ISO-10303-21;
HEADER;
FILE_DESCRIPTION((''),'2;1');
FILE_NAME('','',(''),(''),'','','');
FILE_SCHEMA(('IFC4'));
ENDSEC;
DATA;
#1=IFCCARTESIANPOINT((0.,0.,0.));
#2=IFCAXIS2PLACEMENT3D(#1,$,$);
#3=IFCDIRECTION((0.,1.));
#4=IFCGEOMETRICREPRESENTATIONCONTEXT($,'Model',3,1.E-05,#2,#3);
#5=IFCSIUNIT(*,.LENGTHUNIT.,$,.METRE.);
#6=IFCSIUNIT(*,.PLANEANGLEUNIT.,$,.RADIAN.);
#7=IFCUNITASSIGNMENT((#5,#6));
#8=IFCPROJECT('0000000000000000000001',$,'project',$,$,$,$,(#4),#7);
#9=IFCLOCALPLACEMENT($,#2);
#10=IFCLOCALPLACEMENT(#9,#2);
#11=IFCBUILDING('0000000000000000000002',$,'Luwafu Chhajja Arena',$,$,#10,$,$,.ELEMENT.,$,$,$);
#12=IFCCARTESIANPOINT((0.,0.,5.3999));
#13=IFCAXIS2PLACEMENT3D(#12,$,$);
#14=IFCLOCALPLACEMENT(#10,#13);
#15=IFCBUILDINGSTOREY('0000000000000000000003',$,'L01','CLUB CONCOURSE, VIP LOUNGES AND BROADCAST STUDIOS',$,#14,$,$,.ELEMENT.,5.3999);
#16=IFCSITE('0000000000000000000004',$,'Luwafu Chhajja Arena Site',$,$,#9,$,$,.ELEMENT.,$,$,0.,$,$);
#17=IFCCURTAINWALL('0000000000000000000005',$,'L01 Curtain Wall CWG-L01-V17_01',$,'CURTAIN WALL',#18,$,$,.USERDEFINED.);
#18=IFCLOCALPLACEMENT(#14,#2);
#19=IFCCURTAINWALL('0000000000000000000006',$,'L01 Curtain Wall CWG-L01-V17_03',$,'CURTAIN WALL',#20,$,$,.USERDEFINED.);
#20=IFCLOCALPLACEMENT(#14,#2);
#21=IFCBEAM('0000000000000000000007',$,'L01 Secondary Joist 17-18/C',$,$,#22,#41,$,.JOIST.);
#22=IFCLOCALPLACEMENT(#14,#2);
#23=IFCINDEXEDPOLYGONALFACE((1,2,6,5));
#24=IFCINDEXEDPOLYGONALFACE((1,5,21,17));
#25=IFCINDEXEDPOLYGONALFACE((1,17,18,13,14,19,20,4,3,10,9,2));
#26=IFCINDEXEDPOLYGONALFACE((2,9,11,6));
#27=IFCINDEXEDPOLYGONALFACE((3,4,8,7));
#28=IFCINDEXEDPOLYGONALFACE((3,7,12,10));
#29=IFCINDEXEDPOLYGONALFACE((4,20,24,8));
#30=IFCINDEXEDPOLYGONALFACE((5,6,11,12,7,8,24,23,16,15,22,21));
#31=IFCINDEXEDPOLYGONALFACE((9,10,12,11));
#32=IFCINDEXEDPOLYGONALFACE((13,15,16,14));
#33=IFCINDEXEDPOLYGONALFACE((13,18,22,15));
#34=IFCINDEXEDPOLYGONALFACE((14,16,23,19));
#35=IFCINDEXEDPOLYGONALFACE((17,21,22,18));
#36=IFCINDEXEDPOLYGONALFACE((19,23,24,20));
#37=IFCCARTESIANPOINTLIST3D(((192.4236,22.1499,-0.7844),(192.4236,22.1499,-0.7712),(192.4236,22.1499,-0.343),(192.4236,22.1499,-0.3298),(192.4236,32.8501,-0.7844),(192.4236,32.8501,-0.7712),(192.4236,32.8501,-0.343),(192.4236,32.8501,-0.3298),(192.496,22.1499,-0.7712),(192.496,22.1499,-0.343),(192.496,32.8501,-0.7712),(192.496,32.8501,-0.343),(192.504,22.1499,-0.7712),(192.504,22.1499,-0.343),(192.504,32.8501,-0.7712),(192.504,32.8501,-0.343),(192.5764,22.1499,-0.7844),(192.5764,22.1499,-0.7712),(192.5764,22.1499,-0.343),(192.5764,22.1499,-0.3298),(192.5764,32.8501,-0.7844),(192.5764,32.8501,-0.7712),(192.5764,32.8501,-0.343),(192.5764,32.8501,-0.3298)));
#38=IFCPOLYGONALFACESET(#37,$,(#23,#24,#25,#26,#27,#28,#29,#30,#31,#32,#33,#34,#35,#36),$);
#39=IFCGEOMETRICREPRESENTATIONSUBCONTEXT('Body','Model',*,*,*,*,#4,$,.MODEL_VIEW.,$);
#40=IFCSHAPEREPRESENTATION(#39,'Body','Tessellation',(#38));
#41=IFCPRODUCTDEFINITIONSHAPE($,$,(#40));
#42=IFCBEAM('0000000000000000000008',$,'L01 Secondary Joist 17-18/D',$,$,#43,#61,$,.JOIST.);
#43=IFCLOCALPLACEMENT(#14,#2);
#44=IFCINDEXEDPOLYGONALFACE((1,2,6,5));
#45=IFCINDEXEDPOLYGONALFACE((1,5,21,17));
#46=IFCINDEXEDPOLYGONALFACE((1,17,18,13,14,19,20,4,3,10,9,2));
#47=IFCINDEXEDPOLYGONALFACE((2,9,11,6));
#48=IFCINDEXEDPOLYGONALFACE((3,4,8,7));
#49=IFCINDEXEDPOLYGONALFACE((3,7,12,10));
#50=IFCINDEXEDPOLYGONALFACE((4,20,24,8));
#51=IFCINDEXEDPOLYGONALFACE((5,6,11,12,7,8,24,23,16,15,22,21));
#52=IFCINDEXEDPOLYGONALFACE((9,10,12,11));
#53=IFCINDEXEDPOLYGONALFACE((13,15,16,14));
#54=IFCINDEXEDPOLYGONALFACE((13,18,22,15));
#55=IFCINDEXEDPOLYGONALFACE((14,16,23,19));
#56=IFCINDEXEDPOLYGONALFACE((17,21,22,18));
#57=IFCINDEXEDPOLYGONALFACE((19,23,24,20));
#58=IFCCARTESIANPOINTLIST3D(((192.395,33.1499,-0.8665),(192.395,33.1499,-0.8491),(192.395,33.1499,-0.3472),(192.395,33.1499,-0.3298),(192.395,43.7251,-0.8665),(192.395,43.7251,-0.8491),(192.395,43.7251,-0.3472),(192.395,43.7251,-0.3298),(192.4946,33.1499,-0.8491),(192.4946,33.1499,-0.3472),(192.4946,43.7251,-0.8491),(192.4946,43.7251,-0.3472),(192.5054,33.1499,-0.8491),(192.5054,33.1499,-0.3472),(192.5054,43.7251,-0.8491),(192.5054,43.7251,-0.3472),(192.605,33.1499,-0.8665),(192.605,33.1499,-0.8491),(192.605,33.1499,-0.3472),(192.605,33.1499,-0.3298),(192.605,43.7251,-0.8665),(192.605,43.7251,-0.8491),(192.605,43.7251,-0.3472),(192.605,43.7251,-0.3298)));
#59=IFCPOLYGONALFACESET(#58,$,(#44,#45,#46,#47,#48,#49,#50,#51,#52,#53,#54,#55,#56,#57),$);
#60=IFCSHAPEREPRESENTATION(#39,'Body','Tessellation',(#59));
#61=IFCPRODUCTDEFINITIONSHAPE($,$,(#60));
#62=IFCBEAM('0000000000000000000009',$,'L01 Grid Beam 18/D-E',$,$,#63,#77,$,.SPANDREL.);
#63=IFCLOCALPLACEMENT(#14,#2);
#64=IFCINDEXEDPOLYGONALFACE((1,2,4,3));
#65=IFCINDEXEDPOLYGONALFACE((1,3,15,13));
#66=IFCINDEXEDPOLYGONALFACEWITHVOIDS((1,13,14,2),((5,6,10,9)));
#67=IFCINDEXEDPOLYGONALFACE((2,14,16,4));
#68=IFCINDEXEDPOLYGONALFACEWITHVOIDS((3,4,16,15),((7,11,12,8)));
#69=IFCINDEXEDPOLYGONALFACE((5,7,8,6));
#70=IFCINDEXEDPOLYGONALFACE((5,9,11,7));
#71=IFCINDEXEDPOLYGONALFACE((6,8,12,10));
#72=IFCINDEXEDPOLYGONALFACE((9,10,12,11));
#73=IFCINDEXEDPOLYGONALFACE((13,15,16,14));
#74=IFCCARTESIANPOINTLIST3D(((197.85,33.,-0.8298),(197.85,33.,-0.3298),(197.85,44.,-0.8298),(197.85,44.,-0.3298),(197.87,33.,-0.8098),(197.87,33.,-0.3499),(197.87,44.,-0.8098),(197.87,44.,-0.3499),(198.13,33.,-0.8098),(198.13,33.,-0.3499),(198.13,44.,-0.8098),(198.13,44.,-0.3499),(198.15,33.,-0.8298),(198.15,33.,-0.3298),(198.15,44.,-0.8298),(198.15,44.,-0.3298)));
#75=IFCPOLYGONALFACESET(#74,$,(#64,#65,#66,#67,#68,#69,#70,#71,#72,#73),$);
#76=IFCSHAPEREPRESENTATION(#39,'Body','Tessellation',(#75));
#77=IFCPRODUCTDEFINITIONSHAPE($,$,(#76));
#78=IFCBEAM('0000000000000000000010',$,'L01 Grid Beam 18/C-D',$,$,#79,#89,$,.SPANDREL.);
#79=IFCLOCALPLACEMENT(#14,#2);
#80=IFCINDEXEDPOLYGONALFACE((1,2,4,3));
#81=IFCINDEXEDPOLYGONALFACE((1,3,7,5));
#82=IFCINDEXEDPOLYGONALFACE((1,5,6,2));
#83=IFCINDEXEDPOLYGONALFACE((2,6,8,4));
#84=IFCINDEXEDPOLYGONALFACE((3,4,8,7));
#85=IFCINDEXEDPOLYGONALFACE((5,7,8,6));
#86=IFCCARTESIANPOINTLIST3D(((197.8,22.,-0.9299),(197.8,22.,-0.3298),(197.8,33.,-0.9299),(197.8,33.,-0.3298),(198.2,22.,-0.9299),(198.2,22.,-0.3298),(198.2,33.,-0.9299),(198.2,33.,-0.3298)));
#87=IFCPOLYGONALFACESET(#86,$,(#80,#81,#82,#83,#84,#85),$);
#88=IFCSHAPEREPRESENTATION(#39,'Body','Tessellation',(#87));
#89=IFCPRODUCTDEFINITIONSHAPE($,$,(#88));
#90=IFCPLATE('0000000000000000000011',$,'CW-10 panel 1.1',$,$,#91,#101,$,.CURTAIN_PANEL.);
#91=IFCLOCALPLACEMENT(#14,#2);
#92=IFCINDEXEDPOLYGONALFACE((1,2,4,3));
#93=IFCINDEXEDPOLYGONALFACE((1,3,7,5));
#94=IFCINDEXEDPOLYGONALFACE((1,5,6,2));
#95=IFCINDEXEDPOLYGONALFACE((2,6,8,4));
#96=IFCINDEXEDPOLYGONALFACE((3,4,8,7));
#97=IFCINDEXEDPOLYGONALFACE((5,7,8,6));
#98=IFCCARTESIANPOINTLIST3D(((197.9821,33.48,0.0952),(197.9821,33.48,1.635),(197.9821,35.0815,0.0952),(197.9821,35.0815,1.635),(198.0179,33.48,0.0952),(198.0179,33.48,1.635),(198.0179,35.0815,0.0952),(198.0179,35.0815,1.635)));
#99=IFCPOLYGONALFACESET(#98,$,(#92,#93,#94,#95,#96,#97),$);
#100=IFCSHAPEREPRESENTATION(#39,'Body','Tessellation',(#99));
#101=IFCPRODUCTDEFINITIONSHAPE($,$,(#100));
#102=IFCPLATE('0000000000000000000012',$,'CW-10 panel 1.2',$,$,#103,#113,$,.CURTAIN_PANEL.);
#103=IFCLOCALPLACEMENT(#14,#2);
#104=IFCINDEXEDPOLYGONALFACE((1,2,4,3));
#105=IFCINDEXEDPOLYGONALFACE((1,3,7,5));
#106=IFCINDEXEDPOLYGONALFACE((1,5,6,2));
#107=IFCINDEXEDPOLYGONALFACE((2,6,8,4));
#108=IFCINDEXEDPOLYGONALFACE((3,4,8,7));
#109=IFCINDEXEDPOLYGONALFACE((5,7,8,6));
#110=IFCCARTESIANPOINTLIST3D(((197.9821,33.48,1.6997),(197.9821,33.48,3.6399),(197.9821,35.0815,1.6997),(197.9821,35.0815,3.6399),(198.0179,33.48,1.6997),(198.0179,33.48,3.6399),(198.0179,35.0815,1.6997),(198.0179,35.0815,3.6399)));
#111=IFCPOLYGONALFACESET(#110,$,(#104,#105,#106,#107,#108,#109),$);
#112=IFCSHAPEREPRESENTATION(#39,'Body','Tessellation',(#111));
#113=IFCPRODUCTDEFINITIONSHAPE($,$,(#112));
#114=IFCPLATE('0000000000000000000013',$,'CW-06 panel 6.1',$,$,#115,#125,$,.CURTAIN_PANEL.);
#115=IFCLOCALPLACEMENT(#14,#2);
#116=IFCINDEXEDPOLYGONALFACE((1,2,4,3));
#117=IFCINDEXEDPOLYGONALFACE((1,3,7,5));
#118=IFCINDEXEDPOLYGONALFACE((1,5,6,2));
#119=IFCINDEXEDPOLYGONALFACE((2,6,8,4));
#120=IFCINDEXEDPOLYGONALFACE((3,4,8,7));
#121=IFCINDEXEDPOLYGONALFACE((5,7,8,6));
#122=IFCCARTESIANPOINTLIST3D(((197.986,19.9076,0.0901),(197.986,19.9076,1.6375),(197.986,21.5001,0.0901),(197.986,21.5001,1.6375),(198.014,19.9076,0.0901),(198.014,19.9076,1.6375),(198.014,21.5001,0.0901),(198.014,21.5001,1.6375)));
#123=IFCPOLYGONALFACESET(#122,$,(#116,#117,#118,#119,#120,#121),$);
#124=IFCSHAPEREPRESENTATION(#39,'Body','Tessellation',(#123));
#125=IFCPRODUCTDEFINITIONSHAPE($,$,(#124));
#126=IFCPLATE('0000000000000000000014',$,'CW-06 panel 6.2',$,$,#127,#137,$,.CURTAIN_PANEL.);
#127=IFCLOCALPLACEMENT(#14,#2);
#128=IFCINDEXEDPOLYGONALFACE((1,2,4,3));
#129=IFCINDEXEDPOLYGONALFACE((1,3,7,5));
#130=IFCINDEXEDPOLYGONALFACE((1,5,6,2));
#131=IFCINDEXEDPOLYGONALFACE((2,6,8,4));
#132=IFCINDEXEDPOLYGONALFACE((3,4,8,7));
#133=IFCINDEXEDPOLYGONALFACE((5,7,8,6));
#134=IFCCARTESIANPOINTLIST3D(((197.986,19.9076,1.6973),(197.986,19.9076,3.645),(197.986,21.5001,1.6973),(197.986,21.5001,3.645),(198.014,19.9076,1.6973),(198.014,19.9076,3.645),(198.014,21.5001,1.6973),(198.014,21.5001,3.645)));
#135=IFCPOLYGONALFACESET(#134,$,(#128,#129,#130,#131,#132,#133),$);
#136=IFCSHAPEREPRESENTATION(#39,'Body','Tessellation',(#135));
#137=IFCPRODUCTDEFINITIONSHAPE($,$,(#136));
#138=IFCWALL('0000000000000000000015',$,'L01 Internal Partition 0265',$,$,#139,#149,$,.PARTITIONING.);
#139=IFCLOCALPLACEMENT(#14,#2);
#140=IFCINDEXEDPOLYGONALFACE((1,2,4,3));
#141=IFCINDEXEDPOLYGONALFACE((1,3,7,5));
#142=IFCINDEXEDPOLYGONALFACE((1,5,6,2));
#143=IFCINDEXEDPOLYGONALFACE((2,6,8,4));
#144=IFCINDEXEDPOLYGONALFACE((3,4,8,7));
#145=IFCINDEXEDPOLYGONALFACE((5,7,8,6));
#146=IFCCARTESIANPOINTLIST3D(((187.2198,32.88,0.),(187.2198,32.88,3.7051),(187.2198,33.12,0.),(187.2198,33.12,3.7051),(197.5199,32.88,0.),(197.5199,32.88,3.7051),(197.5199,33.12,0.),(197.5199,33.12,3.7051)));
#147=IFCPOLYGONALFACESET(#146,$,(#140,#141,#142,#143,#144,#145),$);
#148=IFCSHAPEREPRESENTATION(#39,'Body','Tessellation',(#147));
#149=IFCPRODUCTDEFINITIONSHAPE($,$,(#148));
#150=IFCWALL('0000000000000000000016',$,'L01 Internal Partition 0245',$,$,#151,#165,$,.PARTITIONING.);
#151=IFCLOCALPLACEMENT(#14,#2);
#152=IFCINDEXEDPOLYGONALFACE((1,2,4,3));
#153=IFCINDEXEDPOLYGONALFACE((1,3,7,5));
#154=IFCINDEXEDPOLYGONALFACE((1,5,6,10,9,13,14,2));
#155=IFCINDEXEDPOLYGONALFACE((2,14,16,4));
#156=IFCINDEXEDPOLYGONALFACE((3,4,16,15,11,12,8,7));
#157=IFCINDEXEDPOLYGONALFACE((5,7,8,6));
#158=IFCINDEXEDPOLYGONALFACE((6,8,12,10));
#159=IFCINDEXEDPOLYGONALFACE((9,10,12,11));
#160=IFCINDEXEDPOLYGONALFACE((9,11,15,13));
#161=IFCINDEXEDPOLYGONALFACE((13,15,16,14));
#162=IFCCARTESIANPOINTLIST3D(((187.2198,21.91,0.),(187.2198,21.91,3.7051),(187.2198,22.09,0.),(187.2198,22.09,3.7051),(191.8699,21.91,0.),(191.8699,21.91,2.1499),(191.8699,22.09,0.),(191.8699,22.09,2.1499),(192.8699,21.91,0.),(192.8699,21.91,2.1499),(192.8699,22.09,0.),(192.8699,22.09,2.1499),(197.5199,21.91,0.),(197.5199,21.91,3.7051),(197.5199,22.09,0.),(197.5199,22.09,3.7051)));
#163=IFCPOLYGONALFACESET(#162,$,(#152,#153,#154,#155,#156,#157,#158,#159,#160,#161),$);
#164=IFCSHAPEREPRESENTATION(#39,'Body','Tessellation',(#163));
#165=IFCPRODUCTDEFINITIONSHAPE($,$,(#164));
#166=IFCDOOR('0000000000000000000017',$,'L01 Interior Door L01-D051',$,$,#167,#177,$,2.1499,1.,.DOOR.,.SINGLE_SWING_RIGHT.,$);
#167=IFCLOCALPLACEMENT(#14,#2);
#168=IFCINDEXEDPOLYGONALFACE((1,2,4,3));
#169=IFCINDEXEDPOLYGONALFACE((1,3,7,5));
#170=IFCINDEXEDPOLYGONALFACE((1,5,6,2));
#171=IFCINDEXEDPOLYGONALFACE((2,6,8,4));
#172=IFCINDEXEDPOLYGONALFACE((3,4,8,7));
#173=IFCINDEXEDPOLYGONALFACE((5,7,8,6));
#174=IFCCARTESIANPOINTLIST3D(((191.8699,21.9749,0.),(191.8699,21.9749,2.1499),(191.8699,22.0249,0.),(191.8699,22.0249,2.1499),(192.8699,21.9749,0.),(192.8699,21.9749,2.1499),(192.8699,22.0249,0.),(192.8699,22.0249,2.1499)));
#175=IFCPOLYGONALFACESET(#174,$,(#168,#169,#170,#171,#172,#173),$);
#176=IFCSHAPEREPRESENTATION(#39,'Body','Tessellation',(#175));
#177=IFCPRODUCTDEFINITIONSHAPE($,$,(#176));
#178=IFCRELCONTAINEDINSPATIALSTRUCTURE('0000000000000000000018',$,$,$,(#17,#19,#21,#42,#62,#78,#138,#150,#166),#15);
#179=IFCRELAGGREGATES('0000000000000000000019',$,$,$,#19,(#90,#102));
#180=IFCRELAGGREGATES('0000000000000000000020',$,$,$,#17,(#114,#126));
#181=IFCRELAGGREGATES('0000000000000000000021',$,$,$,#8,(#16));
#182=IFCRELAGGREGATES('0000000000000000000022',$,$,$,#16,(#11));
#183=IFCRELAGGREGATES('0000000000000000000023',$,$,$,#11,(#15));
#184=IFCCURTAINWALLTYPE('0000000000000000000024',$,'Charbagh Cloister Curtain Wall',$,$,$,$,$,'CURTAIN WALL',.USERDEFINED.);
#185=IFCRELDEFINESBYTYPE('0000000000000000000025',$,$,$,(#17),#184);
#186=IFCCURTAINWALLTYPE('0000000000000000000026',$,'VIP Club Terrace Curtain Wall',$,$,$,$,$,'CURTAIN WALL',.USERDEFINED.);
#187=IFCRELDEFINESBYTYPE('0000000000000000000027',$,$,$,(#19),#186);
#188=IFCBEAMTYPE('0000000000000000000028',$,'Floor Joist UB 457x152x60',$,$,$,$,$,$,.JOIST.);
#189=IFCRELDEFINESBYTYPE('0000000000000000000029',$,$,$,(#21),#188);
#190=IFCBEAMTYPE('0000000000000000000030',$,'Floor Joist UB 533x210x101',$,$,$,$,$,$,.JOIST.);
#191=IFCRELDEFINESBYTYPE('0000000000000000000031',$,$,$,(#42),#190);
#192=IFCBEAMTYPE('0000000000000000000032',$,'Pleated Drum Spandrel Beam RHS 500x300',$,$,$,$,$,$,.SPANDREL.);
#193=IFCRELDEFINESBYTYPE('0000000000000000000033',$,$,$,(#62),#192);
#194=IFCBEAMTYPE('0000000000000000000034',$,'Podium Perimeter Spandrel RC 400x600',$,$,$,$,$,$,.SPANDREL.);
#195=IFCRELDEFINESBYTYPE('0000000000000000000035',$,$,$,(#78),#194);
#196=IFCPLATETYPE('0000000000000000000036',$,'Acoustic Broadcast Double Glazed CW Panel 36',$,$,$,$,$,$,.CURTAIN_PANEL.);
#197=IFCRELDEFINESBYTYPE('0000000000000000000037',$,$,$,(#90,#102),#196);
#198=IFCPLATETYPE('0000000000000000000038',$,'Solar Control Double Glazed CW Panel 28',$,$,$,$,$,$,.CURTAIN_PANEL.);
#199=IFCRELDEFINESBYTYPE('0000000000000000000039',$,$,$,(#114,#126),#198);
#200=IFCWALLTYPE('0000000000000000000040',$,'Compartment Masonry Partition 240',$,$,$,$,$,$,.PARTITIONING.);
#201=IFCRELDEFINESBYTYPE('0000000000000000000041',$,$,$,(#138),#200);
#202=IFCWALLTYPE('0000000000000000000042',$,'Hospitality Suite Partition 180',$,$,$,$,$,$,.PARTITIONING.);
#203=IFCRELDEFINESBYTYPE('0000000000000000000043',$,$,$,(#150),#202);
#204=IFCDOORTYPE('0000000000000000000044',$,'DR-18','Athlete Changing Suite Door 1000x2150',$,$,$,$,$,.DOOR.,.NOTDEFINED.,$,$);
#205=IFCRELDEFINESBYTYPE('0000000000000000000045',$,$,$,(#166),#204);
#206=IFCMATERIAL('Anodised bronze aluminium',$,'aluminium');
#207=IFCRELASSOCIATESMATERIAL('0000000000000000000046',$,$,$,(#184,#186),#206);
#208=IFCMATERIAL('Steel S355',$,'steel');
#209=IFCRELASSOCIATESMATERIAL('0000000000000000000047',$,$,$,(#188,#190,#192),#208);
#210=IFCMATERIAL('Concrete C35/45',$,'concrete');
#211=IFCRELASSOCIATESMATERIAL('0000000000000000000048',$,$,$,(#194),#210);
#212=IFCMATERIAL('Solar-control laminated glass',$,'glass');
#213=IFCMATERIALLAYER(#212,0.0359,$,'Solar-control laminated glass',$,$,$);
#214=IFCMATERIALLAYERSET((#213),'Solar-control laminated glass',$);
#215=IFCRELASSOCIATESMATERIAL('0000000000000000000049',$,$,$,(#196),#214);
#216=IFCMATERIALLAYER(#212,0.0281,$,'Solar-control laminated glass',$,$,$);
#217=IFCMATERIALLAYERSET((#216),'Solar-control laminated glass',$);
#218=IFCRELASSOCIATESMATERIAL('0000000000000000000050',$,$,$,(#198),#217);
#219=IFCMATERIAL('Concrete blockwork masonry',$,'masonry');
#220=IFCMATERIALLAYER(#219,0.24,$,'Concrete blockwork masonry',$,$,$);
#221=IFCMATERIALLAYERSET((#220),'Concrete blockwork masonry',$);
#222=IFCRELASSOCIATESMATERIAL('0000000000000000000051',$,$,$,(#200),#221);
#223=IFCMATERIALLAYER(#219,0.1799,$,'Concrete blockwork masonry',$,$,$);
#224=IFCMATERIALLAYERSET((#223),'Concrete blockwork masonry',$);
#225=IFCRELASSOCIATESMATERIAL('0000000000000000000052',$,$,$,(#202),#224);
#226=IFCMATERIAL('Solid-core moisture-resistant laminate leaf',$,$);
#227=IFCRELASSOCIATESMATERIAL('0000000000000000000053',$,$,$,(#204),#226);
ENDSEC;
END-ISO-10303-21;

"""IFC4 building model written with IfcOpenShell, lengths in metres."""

from ifc_helpers import new_model, si_unit, direction, frame, frame_2d, origin, origin_2d, place, context, subcontext, project, spatial, rectangle, hollow_rectangle, i_section, extrude, material, layer, layer_set, material_profile, profile_set, type_object, element, fill, aggregate, save


model = new_model("IFC4")

# Units and contexts
model_context = context("Model", 3, precision=1e-05, world=origin(), true_north=direction((0.0, 1.0)))
body_context = subcontext(model_context, "Body", "Model", "MODEL_VIEW")
ifc_project = project(units=[si_unit("LENGTHUNIT", "METRE"), si_unit("PLANEANGLEUNIT", "RADIAN")], contexts=[model_context])

# Site, building, storey
site_placement = place(None, origin())
site = spatial("IfcSite", under=ifc_project, at=site_placement, Name="Luwafu Chhajja Arena Site", CompositionType="ELEMENT", RefElevation=0.0)
building_placement = place(site_placement, origin())
building = spatial("IfcBuilding", under=site, at=building_placement, Name="Luwafu Chhajja Arena", CompositionType="ELEMENT")
storey_placement = place(building_placement, frame((0.0, 0.0, 5.3999)))
storey = spatial("IfcBuildingStorey", under=building, at=storey_placement, Name="L01", Description="CLUB CONCOURSE, VIP LOUNGES AND BROADCAST STUDIOS", CompositionType="ELEMENT", Elevation=5.3999)

# Shared definitions
ifc_material_1 = material(Name="Concrete C35/45", Category="concrete")

# Curtain walls
ifc_material_2 = material(Name="Anodised bronze aluminium", Category="aluminium")
curtain_wall_type_1 = type_object("IfcCurtainWallType", Name="Charbagh Cloister Curtain Wall", ElementType="CURTAIN WALL", PredefinedType="USERDEFINED", material=ifc_material_2)
curtain_wall_1_placement = place(storey_placement, origin())
curtain_wall_1 = element("IfcCurtainWall", 1, at=curtain_wall_1_placement, inside=storey, type_object=curtain_wall_type_1, Name="L01 Curtain Wall CWG-L01-V17_01", ObjectType="CURTAIN WALL", PredefinedType="USERDEFINED")
curtain_wall_type_2 = type_object("IfcCurtainWallType", Name="VIP Club Terrace Curtain Wall", ElementType="CURTAIN WALL", PredefinedType="USERDEFINED", material=ifc_material_2)
curtain_wall_2_placement = place(storey_placement, origin())
curtain_wall_2 = element("IfcCurtainWall", 2, at=curtain_wall_2_placement, inside=storey, type_object=curtain_wall_type_2, Name="L01 Curtain Wall CWG-L01-V17_03", ObjectType="CURTAIN WALL", PredefinedType="USERDEFINED")

# Beams
ifc_material_3 = material(Name="Steel S355", Category="steel")
ifc_material_profile_1 = material_profile(ifc_material_3, i_section(OverallWidth=0.1528, OverallDepth=0.4546, WebThickness=0.0081, FlangeThickness=0.0132, at=origin_2d()), Name="UB 457x152x60")
ifc_profile_set_1 = profile_set([ifc_material_profile_1], Name="Steel S355")
beam_type_1 = type_object("IfcBeamType", Name="Floor Joist UB 457x152x60", PredefinedType="JOIST", material=ifc_profile_set_1)
beam_1_placement = place(storey_placement, frame((192.5, 22.1499, -0.5571), z_axis=(0.0, 1.0, 0.0), x_axis=(-1.0, 0.0, 0.0)))
element("IfcBeam", 3, at=beam_1_placement, inside=storey, type_object=beam_type_1, Name="L01 Secondary Joist 17-18/C", PredefinedType="JOIST", context=body_context, shape_type="SweptSolid", body=[
    extrude(i_section(OverallWidth=0.1528, OverallDepth=0.4546, WebThickness=0.0081, FlangeThickness=0.0132, at=origin_2d()), origin(), (0.0, 0.0, 1.0), 10.7002),
])
ifc_material_profile_2 = material_profile(ifc_material_3, i_section(OverallWidth=0.21, OverallDepth=0.5366, WebThickness=0.0107, FlangeThickness=0.0173, at=origin_2d()), Name="UB 533x210x101")
ifc_profile_set_2 = profile_set([ifc_material_profile_2], Name="Steel S355")
beam_type_2 = type_object("IfcBeamType", Name="Floor Joist UB 533x210x101", PredefinedType="JOIST", material=ifc_profile_set_2)
beam_2_placement = place(storey_placement, frame((192.5, 33.1499, -0.5981), z_axis=(0.0, 1.0, 0.0), x_axis=(-1.0, 0.0, 0.0)))
element("IfcBeam", 4, at=beam_2_placement, inside=storey, type_object=beam_type_2, Name="L01 Secondary Joist 17-18/D", PredefinedType="JOIST", context=body_context, shape_type="SweptSolid", body=[
    extrude(i_section(OverallWidth=0.21, OverallDepth=0.5366, WebThickness=0.0107, FlangeThickness=0.0173, at=origin_2d()), origin(), (0.0, 0.0, 1.0), 10.5752),
])
ifc_material_profile_3 = material_profile(ifc_material_3, hollow_rectangle(XDim=0.3, YDim=0.5, WallThickness=0.02, at=origin_2d()), Name="RHS 500x300x20")
ifc_profile_set_3 = profile_set([ifc_material_profile_3], Name="Steel S355")
beam_type_3 = type_object("IfcBeamType", Name="Pleated Drum Spandrel Beam RHS 500x300", PredefinedType="SPANDREL", material=ifc_profile_set_3)
beam_3_placement = place(storey_placement, frame((198.0, 33.0, -0.5798), z_axis=(0.0, 1.0, 0.0), x_axis=(-1.0, 0.0, 0.0)))
element("IfcBeam", 5, at=beam_3_placement, inside=storey, type_object=beam_type_3, Name="L01 Grid Beam 18/D-E", PredefinedType="SPANDREL", context=body_context, shape_type="SweptSolid", body=[
    extrude(hollow_rectangle(XDim=0.3, YDim=0.5, WallThickness=0.02, at=origin_2d()), origin(), (0.0, 0.0, 1.0), 11.0),
])
ifc_material_profile_4 = material_profile(ifc_material_1, rectangle(XDim=0.3999, YDim=0.6001, at=origin_2d()), Name="RC 400x600")
ifc_profile_set_4 = profile_set([ifc_material_profile_4], Name="Concrete C35/45")
beam_type_4 = type_object("IfcBeamType", Name="Podium Perimeter Spandrel RC 400x600", PredefinedType="SPANDREL", material=ifc_profile_set_4)
beam_4_placement = place(storey_placement, frame((198.0, 22.0, -0.6299), z_axis=(0.0, 1.0, 0.0), x_axis=(-1.0, 0.0, 0.0)))
element("IfcBeam", 6, at=beam_4_placement, inside=storey, type_object=beam_type_4, Name="L01 Grid Beam 18/C-D", PredefinedType="SPANDREL", context=body_context, shape_type="SweptSolid", body=[
    extrude(rectangle(XDim=0.3999, YDim=0.6001, at=origin_2d()), origin(), (0.0, 0.0, 1.0), 11.0),
])

# Plates
ifc_material_4 = material(Name="Solar-control laminated glass", Category="glass")
ifc_layer_1 = layer(ifc_material_4, 0.0359, Name="Solar-control laminated glass")
ifc_layer_set_1 = layer_set([ifc_layer_1], Name="Solar-control laminated glass")
plate_type_1 = type_object("IfcPlateType", Name="Acoustic Broadcast Double Glazed CW Panel 36", PredefinedType="CURTAIN_PANEL", material=ifc_layer_set_1)
plate_1_placement = place(storey_placement, frame((198.0, 34.2808, 0.0952), z_axis=(0.0, 0.0, 1.0), x_axis=(0.0, 1.0, 0.0)))
plate_1 = element("IfcPlate", 7, at=plate_1_placement, type_object=plate_type_1, Name="CW-10 panel 1.1", PredefinedType="CURTAIN_PANEL", context=body_context, shape_type="SweptSolid", body=[
    extrude(rectangle(XDim=1.6016, YDim=0.0359, at=origin_2d()), origin(), (0.0, 0.0, 1.0), 1.5398),
])
plate_2_placement = place(storey_placement, frame((198.0, 34.2808, 1.6997), z_axis=(0.0, 0.0, 1.0), x_axis=(0.0, 1.0, 0.0)))
plate_2 = element("IfcPlate", 8, at=plate_2_placement, type_object=plate_type_1, Name="CW-10 panel 1.2", PredefinedType="CURTAIN_PANEL", context=body_context, shape_type="SweptSolid", body=[
    extrude(rectangle(XDim=1.6016, YDim=0.0359, at=origin_2d()), origin(), (0.0, 0.0, 1.0), 1.9402),
])
aggregate(curtain_wall_2, [plate_1, plate_2])
ifc_layer_2 = layer(ifc_material_4, 0.0281, Name="Solar-control laminated glass")
ifc_layer_set_2 = layer_set([ifc_layer_2], Name="Solar-control laminated glass")
plate_type_2 = type_object("IfcPlateType", Name="Solar Control Double Glazed CW Panel 28", PredefinedType="CURTAIN_PANEL", material=ifc_layer_set_2)
plate_3_placement = place(storey_placement, frame((198.0, 20.7039, 0.0901), z_axis=(0.0, 0.0, 1.0), x_axis=(0.0, 1.0, 0.0)))
plate_3 = element("IfcPlate", 9, at=plate_3_placement, type_object=plate_type_2, Name="CW-06 panel 6.1", PredefinedType="CURTAIN_PANEL", context=body_context, shape_type="SweptSolid", body=[
    extrude(rectangle(XDim=1.5925, YDim=0.0281, at=origin_2d()), origin(), (0.0, 0.0, 1.0), 1.5474),
])
plate_4_placement = place(storey_placement, frame((198.0, 20.7039, 1.6973), z_axis=(0.0, 0.0, 1.0), x_axis=(0.0, 1.0, 0.0)))
plate_4 = element("IfcPlate", 10, at=plate_4_placement, type_object=plate_type_2, Name="CW-06 panel 6.2", PredefinedType="CURTAIN_PANEL", context=body_context, shape_type="SweptSolid", body=[
    extrude(rectangle(XDim=1.5925, YDim=0.0281, at=origin_2d()), origin(), (0.0, 0.0, 1.0), 1.9478),
])
aggregate(curtain_wall_1, [plate_3, plate_4])

# Wall
ifc_material_5 = material(Name="Concrete blockwork masonry", Category="masonry")
ifc_layer_3 = layer(ifc_material_5, 0.24, Name="Concrete blockwork masonry")
ifc_layer_set_3 = layer_set([ifc_layer_3], Name="Concrete blockwork masonry")
wall_type_1 = type_object("IfcWallType", Name="Compartment Masonry Partition 240", PredefinedType="PARTITIONING", material=ifc_layer_set_3)
wall_1_placement = place(storey_placement, frame((187.22, 33.0, 0.0), z_axis=(0.0, 0.0, 1.0), x_axis=(1.0, 0.0, 0.0)))
element("IfcWall", 11, at=wall_1_placement, inside=storey, type_object=wall_type_1, Name="L01 Internal Partition 0265", PredefinedType="PARTITIONING", context=body_context, shape_type="SweptSolid", body=[
    extrude(rectangle(XDim=10.3, YDim=0.24, at=frame_2d((5.1499, 0.0))), origin(), (0.0, 0.0, 1.0), 3.7051),
])

# Wall, opening, door
ifc_layer_4 = layer(ifc_material_5, 0.1799, Name="Concrete blockwork masonry")
ifc_layer_set_4 = layer_set([ifc_layer_4], Name="Concrete blockwork masonry")
wall_type_2 = type_object("IfcWallType", Name="Hospitality Suite Partition 180", PredefinedType="PARTITIONING", material=ifc_layer_set_4)
wall_2_placement = place(storey_placement, frame((187.22, 22.0, 0.0), z_axis=(0.0, 0.0, 1.0), x_axis=(1.0, 0.0, 0.0)))
wall_2 = element("IfcWall", 12, at=wall_2_placement, inside=storey, type_object=wall_type_2, Name="L01 Internal Partition 0245", PredefinedType="PARTITIONING", context=body_context, shape_type="SweptSolid", body=[
    extrude(rectangle(XDim=10.3, YDim=0.1799, at=frame_2d((5.1499, 0.0))), origin(), (0.0, 0.0, 1.0), 3.7051),
])
opening_1_placement = place(wall_2_placement, frame((4.6499, 0.0, 0.0)))
opening_1 = element("IfcOpeningElement", 13, at=opening_1_placement, cuts=wall_2, PredefinedType="OPENING", context=body_context, shape_type="SweptSolid", body=[
    extrude(rectangle(XDim=1.0, YDim=2.1499, at=frame_2d((0.5, 1.075))), frame((0.0, 0.0999, 0.0), z_axis=(0.0, -1.0, 0.0), x_axis=(1.0, 0.0, 0.0)), (0.0, 0.0, 1.0), 0.2),
])
ifc_material_6 = material(Name="Solid-core moisture-resistant laminate leaf")
door_type = type_object("IfcDoorType", Name="DR-18", Description="Athlete Changing Suite Door 1000x2150", OperationType="NOTDEFINED", PredefinedType="DOOR", material=ifc_material_6)
door_placement = place(opening_1_placement, origin())
door = element("IfcDoor", 14, at=door_placement, inside=storey, type_object=door_type, Name="L01 Interior Door L01-D051", OperationType="SINGLE_SWING_RIGHT", OverallHeight=2.1499, OverallWidth=1.0, PredefinedType="DOOR", context=body_context, shape_type="SweptSolid", body=[
    extrude(rectangle(XDim=1.0, YDim=2.1499, at=frame_2d((0.5, 1.075))), frame((0.0, 0.0249, 0.0), z_axis=(0.0, -1.0, 0.0), x_axis=(1.0, 0.0, 0.0)), (0.0, 0.0, 1.0), 0.05),
])
fill(opening_1, door)

save(model, "model.ifc")
